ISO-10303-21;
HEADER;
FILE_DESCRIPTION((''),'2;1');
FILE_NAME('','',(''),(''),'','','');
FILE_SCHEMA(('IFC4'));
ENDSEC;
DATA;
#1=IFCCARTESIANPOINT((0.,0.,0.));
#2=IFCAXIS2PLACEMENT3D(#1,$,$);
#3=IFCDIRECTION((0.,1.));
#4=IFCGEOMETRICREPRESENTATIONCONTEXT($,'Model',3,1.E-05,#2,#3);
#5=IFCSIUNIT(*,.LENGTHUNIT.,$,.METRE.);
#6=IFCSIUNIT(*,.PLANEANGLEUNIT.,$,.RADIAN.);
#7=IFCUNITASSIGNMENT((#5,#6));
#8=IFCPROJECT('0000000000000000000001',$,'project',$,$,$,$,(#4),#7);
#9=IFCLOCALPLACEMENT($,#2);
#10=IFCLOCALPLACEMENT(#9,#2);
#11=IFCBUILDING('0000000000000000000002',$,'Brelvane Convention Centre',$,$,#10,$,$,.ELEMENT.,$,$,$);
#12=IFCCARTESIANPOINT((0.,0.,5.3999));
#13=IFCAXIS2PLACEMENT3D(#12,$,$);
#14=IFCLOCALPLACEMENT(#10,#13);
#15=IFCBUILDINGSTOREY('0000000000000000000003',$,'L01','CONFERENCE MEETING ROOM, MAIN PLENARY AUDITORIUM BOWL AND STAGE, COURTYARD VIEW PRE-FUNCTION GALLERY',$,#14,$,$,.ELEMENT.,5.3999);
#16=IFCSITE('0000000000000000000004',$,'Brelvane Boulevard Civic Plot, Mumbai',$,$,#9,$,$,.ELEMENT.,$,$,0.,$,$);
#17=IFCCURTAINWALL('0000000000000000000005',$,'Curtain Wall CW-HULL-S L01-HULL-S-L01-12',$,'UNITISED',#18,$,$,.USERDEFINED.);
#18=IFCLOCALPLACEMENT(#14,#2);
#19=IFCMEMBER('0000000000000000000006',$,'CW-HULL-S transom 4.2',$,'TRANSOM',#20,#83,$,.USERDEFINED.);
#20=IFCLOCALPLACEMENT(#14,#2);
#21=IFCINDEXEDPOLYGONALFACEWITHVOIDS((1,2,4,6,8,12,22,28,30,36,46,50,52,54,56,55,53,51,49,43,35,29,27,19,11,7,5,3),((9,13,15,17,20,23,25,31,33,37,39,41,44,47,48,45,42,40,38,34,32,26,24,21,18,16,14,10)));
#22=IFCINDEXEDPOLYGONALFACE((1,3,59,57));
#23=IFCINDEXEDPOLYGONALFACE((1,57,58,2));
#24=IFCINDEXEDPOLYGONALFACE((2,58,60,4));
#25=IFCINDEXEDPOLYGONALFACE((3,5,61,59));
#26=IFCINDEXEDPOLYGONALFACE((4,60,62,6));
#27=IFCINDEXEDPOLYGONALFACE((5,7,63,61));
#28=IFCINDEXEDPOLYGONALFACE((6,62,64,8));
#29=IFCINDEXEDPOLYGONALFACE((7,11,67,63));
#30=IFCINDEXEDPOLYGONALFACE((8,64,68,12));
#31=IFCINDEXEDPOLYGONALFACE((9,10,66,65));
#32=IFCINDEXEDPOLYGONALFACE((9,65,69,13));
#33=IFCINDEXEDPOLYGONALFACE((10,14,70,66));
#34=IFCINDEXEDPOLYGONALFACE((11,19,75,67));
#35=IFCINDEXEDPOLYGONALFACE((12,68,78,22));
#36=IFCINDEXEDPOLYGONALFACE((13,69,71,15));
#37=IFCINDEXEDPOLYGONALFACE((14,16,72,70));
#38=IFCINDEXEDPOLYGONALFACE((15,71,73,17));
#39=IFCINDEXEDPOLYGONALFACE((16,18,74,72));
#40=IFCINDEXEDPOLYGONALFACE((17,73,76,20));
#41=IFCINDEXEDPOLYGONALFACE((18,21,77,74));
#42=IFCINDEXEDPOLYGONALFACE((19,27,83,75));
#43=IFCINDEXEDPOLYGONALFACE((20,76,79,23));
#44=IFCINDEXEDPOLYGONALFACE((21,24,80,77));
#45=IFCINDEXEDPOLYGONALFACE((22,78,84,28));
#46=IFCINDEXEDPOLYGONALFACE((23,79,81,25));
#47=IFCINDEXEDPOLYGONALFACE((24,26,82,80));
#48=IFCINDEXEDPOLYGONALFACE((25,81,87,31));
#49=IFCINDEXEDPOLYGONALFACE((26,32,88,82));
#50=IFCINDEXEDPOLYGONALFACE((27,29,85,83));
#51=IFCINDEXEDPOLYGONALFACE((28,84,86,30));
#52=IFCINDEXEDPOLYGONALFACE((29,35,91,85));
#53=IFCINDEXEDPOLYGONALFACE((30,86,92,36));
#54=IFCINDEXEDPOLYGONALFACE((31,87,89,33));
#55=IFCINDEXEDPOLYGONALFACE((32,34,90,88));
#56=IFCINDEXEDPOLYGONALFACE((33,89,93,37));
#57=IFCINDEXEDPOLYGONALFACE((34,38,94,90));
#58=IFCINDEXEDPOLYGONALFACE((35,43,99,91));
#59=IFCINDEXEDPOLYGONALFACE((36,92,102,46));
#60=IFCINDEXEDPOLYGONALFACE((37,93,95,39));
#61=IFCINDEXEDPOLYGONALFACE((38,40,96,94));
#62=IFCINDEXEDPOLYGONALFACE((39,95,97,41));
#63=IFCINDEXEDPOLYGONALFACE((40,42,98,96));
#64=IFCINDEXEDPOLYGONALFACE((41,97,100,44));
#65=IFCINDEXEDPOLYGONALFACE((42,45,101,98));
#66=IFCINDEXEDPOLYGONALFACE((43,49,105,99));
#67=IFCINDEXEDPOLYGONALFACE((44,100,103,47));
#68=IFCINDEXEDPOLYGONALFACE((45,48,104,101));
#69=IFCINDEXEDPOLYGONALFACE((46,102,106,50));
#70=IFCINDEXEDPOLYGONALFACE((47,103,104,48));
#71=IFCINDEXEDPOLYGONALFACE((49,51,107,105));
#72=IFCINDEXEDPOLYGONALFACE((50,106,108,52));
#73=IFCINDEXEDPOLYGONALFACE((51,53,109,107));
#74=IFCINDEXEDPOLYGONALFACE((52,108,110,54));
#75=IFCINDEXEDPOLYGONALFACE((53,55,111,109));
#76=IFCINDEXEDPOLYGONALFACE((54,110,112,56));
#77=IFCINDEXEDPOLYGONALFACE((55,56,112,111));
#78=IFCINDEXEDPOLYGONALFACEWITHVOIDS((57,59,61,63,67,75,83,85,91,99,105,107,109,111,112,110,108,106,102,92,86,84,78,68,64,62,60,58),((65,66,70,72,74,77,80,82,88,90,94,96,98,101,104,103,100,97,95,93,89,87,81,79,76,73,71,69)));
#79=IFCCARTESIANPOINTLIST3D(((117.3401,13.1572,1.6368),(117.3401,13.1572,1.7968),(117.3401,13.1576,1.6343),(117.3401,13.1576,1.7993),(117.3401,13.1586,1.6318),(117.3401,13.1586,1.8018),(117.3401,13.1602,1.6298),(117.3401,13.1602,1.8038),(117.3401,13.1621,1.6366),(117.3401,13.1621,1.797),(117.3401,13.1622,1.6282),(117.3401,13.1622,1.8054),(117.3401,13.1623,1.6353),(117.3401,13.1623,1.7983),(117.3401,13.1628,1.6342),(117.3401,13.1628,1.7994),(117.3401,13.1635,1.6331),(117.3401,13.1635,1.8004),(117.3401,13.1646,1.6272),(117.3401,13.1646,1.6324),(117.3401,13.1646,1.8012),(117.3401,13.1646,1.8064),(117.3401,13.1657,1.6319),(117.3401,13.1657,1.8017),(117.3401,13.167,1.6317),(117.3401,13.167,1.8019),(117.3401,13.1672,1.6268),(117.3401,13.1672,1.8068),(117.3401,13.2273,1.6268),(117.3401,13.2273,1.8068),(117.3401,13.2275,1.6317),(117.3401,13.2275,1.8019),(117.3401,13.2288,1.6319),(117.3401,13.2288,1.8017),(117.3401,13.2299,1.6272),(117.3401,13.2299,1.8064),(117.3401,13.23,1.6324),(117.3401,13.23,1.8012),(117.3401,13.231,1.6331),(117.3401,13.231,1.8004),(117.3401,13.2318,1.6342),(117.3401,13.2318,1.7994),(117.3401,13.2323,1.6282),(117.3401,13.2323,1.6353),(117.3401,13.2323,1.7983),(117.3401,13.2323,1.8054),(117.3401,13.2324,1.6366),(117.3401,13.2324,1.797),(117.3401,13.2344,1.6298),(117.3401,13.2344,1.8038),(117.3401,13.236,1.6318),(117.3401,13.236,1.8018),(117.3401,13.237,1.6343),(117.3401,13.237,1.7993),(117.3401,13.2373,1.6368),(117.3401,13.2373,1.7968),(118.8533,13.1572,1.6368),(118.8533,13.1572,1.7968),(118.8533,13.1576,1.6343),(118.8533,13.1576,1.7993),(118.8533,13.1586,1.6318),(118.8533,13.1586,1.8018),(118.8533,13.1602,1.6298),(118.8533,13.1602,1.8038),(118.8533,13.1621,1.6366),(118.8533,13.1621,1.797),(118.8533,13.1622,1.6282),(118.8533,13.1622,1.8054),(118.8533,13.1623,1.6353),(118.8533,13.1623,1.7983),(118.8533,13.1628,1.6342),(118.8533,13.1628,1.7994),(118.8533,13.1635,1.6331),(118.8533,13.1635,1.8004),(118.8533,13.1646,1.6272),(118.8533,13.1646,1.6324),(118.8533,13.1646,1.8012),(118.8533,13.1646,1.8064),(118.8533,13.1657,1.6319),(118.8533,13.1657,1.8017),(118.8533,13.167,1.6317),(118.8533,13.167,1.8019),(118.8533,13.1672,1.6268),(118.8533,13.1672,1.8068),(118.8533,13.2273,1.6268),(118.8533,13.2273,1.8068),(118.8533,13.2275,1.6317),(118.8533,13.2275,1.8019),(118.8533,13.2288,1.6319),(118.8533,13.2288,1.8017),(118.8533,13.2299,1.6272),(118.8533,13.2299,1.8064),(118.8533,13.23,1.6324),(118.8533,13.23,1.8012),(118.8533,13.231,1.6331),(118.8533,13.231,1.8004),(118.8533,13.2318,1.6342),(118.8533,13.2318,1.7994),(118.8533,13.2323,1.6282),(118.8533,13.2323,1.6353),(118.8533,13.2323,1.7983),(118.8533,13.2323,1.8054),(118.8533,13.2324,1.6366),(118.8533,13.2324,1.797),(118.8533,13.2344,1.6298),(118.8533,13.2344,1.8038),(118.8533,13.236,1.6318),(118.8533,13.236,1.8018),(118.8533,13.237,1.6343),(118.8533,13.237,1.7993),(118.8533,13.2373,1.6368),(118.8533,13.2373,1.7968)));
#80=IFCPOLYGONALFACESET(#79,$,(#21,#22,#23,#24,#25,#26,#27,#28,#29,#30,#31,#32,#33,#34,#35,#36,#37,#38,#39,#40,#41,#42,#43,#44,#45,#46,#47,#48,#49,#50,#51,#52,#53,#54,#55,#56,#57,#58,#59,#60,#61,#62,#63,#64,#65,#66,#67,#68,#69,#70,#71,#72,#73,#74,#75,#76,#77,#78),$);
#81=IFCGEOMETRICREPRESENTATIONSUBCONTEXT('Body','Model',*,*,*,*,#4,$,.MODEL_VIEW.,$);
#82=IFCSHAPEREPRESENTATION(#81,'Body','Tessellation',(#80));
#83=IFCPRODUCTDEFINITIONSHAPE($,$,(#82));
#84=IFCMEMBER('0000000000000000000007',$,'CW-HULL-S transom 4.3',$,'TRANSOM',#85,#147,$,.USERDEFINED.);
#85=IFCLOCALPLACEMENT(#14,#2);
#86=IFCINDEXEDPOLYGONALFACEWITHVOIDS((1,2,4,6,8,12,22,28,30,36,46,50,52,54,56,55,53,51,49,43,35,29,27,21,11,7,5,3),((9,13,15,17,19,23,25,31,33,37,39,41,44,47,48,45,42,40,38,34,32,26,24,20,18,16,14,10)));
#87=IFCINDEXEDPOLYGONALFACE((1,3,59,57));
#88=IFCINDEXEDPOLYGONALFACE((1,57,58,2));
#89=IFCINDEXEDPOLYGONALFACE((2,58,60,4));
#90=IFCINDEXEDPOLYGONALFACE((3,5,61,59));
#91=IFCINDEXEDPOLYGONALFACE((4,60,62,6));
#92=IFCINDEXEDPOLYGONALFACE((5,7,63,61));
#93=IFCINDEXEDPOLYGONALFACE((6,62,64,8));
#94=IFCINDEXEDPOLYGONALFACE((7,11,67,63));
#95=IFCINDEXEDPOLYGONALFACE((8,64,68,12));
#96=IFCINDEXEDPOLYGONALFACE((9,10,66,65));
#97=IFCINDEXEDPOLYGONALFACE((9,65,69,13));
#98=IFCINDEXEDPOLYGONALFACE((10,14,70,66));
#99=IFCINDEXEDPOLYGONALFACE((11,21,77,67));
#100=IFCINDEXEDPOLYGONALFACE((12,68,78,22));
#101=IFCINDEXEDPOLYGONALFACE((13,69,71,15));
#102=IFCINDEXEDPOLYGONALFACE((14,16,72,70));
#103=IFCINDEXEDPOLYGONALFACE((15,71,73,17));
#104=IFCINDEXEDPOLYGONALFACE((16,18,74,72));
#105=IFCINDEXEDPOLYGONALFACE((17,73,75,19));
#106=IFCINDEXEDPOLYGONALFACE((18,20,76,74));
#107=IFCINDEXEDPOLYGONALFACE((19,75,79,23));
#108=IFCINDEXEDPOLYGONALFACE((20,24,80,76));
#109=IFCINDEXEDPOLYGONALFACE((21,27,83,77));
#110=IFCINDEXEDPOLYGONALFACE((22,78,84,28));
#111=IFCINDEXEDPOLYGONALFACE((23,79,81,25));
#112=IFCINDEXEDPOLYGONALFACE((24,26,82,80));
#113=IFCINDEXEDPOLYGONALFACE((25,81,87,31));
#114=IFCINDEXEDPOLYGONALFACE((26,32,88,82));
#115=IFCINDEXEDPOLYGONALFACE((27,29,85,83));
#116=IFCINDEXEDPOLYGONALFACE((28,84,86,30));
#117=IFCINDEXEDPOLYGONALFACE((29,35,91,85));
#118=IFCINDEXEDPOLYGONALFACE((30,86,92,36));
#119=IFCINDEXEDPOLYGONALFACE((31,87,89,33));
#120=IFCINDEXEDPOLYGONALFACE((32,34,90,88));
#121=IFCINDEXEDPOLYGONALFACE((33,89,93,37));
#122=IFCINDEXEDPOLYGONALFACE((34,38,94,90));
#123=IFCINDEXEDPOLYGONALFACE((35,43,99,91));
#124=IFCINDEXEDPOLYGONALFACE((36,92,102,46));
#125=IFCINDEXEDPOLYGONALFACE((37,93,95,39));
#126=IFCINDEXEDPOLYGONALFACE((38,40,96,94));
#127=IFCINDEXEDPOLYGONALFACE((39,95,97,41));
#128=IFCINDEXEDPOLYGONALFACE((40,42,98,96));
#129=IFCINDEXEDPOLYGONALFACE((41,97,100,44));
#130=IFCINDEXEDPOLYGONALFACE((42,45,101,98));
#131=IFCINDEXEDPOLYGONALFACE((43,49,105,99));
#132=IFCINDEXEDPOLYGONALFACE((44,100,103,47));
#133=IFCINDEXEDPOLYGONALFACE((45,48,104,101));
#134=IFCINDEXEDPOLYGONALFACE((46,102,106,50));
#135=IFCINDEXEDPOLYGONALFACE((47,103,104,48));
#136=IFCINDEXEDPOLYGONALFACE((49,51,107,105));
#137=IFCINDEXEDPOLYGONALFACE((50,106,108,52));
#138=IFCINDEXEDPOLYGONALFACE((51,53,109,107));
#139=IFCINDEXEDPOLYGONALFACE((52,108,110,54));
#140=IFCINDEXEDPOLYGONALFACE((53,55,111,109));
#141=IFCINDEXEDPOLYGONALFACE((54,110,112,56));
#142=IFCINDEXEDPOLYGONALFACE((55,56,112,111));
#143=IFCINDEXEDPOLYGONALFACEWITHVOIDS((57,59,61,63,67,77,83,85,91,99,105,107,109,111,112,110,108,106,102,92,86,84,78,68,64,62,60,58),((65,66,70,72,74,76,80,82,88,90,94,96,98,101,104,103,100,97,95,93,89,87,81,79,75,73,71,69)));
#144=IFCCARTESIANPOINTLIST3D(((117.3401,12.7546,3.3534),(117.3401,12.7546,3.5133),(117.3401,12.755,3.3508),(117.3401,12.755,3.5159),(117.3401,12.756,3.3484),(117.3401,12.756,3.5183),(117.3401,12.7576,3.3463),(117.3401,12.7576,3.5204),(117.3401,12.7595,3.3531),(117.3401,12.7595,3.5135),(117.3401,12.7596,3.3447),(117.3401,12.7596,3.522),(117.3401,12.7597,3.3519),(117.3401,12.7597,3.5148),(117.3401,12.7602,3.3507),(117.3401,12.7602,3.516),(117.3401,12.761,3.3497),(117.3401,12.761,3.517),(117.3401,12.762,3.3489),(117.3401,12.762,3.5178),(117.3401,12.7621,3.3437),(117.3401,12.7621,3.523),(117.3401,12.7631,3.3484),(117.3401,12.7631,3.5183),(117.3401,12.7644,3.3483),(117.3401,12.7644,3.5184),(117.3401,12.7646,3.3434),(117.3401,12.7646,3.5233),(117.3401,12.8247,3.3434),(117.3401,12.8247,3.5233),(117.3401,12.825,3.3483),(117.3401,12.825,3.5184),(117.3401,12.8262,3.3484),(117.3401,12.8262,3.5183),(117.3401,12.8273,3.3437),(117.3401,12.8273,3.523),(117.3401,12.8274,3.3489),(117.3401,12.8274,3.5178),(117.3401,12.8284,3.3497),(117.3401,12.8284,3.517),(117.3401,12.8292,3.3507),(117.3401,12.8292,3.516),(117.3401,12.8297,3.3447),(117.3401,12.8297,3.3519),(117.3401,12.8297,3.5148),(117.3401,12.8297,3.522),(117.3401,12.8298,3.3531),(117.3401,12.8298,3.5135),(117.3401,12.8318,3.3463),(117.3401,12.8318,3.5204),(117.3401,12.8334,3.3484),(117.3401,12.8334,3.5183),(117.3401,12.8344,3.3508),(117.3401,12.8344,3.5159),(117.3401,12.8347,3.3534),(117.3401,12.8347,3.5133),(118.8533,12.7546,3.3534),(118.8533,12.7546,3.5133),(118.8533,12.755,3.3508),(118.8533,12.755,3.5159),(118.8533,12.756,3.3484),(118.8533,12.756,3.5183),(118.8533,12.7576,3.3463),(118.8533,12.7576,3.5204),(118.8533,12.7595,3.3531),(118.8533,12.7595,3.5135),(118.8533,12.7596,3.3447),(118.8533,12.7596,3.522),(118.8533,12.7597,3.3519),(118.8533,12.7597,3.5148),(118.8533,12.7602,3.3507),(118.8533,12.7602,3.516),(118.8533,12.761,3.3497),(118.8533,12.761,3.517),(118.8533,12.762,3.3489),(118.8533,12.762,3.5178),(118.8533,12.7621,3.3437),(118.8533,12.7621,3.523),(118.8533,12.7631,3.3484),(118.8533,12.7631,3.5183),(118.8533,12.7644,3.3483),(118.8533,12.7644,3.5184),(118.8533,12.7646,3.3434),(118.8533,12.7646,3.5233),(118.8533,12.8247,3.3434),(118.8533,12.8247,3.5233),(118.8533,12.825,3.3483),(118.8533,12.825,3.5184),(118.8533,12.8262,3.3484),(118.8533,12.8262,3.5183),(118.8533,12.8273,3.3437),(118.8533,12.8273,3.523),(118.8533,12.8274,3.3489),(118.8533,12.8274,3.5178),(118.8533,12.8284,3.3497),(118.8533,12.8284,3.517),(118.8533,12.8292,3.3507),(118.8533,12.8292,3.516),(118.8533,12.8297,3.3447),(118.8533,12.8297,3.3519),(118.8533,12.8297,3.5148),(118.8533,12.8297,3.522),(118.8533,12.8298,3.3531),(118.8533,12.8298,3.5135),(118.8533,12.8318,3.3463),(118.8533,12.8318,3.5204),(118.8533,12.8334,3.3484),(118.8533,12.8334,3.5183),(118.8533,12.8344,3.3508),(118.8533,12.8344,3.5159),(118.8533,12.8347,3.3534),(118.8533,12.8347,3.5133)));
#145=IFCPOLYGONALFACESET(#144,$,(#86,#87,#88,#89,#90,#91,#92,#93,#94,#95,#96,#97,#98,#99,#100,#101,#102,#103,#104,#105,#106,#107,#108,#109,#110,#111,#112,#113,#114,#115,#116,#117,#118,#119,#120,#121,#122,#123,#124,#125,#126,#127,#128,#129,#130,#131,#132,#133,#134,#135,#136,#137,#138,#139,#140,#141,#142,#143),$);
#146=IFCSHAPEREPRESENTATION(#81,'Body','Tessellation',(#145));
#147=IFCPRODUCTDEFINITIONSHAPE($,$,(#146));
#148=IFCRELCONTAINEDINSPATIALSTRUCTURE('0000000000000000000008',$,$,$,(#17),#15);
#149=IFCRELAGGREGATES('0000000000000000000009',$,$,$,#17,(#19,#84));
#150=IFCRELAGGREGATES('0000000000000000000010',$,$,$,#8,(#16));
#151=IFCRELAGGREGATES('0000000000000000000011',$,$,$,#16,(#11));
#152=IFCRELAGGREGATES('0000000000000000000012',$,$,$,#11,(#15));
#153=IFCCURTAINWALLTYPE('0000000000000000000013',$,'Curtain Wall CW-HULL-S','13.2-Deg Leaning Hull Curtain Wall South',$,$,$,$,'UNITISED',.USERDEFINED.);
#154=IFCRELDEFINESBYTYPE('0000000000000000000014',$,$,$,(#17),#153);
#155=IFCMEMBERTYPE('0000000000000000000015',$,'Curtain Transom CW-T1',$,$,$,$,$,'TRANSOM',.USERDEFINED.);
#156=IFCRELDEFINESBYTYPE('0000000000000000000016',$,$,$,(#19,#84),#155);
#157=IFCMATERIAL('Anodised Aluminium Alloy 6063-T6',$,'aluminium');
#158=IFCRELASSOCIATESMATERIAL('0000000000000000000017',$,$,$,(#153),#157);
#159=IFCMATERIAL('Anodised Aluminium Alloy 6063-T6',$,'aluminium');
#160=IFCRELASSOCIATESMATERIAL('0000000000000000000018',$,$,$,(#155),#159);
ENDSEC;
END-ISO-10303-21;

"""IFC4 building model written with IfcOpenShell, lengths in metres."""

from ifc_helpers import new_model, si_unit, direction, frame, origin, origin_2d, place, context, subcontext, project, spatial, hollow_rectangle, extrude, material, material_profile, profile_set, type_object, element, aggregate, save


model = new_model("IFC4")

# Units and contexts
model_context = context("Model", 3, precision=1e-05, world=origin(), true_north=direction((0.0, 1.0)))
body_context = subcontext(model_context, "Body", "Model", "MODEL_VIEW")
ifc_project = project(units=[si_unit("LENGTHUNIT", "METRE"), si_unit("PLANEANGLEUNIT", "RADIAN")], contexts=[model_context])

# Site, building, storey
site_placement = place(None, origin())
site = spatial("IfcSite", under=ifc_project, at=site_placement, Name="Brelvane Boulevard Civic Plot, Mumbai", CompositionType="ELEMENT", RefElevation=0.0)
building_placement = place(site_placement, origin())
building = spatial("IfcBuilding", under=site, at=building_placement, Name="Brelvane Convention Centre", CompositionType="ELEMENT")
storey_placement = place(building_placement, frame((0.0, 0.0, 5.3999)))
storey = spatial("IfcBuildingStorey", under=building, at=storey_placement, Name="L01", Description="CONFERENCE MEETING ROOM, MAIN PLENARY AUDITORIUM BOWL AND STAGE, COURTYARD VIEW PRE-FUNCTION GALLERY", CompositionType="ELEMENT", Elevation=5.3999)

# Curtain wall, members
ifc_material_1 = material(Name="Anodised Aluminium Alloy 6063-T6", Category="aluminium")
curtain_wall_type = type_object("IfcCurtainWallType", Name="Curtain Wall CW-HULL-S", Description="13.2-Deg Leaning Hull Curtain Wall South", ElementType="UNITISED", PredefinedType="USERDEFINED", material=ifc_material_1)
ifc_material_2 = material(Name="Anodised Aluminium Alloy 6063-T6", Category="aluminium")
ifc_material_profile = material_profile(ifc_material_2, hollow_rectangle(XDim=0.0801, YDim=0.1799, WallThickness=0.0049, InnerFilletRadius=0.0049, OuterFilletRadius=0.01, at=origin_2d()), Name="ALU-T 180x80x5.0")
ifc_profile_set = profile_set([ifc_material_profile], Name="Anodised Aluminium Alloy 6063-T6")
member_type = type_object("IfcMemberType", Name="Curtain Transom CW-T1", ElementType="TRANSOM", PredefinedType="USERDEFINED", material=ifc_profile_set)
curtain_wall_1_placement = place(storey_placement, origin())
curtain_wall_1 = element("IfcCurtainWall", 1, at=curtain_wall_1_placement, inside=storey, type_object=curtain_wall_type, Name="Curtain Wall CW-HULL-S L01-HULL-S-L01-12", ObjectType="UNITISED", PredefinedType="USERDEFINED")
member_1_placement = place(storey_placement, frame((117.3401, 13.1973, 1.7168), z_axis=(1.0, 0.0, 0.0), x_axis=(0.0, 1.0, 0.0)))
member_1 = element("IfcMember", 2, at=member_1_placement, type_object=member_type, Name="CW-HULL-S transom 4.2", ObjectType="TRANSOM", PredefinedType="USERDEFINED", context=body_context, shape_type="SweptSolid", body=[
    extrude(hollow_rectangle(XDim=0.0801, YDim=0.1799, WallThickness=0.0049, InnerFilletRadius=0.0049, OuterFilletRadius=0.01, at=origin_2d()), origin(), (0.0, 0.0, 1.0), 1.5132),
])
member_2_placement = place(storey_placement, frame((117.3401, 12.7947, 3.4333), z_axis=(1.0, 0.0, 0.0), x_axis=(0.0, 1.0, 0.0)))
member_2 = element("IfcMember", 3, at=member_2_placement, type_object=member_type, Name="CW-HULL-S transom 4.3", ObjectType="TRANSOM", PredefinedType="USERDEFINED", context=body_context, shape_type="SweptSolid", body=[
    extrude(hollow_rectangle(XDim=0.0801, YDim=0.1799, WallThickness=0.0049, InnerFilletRadius=0.0049, OuterFilletRadius=0.01, at=origin_2d()), origin(), (0.0, 0.0, 1.0), 1.5132),
])

aggregate(curtain_wall_1, [member_1, member_2])

save(model, "model.ifc")
